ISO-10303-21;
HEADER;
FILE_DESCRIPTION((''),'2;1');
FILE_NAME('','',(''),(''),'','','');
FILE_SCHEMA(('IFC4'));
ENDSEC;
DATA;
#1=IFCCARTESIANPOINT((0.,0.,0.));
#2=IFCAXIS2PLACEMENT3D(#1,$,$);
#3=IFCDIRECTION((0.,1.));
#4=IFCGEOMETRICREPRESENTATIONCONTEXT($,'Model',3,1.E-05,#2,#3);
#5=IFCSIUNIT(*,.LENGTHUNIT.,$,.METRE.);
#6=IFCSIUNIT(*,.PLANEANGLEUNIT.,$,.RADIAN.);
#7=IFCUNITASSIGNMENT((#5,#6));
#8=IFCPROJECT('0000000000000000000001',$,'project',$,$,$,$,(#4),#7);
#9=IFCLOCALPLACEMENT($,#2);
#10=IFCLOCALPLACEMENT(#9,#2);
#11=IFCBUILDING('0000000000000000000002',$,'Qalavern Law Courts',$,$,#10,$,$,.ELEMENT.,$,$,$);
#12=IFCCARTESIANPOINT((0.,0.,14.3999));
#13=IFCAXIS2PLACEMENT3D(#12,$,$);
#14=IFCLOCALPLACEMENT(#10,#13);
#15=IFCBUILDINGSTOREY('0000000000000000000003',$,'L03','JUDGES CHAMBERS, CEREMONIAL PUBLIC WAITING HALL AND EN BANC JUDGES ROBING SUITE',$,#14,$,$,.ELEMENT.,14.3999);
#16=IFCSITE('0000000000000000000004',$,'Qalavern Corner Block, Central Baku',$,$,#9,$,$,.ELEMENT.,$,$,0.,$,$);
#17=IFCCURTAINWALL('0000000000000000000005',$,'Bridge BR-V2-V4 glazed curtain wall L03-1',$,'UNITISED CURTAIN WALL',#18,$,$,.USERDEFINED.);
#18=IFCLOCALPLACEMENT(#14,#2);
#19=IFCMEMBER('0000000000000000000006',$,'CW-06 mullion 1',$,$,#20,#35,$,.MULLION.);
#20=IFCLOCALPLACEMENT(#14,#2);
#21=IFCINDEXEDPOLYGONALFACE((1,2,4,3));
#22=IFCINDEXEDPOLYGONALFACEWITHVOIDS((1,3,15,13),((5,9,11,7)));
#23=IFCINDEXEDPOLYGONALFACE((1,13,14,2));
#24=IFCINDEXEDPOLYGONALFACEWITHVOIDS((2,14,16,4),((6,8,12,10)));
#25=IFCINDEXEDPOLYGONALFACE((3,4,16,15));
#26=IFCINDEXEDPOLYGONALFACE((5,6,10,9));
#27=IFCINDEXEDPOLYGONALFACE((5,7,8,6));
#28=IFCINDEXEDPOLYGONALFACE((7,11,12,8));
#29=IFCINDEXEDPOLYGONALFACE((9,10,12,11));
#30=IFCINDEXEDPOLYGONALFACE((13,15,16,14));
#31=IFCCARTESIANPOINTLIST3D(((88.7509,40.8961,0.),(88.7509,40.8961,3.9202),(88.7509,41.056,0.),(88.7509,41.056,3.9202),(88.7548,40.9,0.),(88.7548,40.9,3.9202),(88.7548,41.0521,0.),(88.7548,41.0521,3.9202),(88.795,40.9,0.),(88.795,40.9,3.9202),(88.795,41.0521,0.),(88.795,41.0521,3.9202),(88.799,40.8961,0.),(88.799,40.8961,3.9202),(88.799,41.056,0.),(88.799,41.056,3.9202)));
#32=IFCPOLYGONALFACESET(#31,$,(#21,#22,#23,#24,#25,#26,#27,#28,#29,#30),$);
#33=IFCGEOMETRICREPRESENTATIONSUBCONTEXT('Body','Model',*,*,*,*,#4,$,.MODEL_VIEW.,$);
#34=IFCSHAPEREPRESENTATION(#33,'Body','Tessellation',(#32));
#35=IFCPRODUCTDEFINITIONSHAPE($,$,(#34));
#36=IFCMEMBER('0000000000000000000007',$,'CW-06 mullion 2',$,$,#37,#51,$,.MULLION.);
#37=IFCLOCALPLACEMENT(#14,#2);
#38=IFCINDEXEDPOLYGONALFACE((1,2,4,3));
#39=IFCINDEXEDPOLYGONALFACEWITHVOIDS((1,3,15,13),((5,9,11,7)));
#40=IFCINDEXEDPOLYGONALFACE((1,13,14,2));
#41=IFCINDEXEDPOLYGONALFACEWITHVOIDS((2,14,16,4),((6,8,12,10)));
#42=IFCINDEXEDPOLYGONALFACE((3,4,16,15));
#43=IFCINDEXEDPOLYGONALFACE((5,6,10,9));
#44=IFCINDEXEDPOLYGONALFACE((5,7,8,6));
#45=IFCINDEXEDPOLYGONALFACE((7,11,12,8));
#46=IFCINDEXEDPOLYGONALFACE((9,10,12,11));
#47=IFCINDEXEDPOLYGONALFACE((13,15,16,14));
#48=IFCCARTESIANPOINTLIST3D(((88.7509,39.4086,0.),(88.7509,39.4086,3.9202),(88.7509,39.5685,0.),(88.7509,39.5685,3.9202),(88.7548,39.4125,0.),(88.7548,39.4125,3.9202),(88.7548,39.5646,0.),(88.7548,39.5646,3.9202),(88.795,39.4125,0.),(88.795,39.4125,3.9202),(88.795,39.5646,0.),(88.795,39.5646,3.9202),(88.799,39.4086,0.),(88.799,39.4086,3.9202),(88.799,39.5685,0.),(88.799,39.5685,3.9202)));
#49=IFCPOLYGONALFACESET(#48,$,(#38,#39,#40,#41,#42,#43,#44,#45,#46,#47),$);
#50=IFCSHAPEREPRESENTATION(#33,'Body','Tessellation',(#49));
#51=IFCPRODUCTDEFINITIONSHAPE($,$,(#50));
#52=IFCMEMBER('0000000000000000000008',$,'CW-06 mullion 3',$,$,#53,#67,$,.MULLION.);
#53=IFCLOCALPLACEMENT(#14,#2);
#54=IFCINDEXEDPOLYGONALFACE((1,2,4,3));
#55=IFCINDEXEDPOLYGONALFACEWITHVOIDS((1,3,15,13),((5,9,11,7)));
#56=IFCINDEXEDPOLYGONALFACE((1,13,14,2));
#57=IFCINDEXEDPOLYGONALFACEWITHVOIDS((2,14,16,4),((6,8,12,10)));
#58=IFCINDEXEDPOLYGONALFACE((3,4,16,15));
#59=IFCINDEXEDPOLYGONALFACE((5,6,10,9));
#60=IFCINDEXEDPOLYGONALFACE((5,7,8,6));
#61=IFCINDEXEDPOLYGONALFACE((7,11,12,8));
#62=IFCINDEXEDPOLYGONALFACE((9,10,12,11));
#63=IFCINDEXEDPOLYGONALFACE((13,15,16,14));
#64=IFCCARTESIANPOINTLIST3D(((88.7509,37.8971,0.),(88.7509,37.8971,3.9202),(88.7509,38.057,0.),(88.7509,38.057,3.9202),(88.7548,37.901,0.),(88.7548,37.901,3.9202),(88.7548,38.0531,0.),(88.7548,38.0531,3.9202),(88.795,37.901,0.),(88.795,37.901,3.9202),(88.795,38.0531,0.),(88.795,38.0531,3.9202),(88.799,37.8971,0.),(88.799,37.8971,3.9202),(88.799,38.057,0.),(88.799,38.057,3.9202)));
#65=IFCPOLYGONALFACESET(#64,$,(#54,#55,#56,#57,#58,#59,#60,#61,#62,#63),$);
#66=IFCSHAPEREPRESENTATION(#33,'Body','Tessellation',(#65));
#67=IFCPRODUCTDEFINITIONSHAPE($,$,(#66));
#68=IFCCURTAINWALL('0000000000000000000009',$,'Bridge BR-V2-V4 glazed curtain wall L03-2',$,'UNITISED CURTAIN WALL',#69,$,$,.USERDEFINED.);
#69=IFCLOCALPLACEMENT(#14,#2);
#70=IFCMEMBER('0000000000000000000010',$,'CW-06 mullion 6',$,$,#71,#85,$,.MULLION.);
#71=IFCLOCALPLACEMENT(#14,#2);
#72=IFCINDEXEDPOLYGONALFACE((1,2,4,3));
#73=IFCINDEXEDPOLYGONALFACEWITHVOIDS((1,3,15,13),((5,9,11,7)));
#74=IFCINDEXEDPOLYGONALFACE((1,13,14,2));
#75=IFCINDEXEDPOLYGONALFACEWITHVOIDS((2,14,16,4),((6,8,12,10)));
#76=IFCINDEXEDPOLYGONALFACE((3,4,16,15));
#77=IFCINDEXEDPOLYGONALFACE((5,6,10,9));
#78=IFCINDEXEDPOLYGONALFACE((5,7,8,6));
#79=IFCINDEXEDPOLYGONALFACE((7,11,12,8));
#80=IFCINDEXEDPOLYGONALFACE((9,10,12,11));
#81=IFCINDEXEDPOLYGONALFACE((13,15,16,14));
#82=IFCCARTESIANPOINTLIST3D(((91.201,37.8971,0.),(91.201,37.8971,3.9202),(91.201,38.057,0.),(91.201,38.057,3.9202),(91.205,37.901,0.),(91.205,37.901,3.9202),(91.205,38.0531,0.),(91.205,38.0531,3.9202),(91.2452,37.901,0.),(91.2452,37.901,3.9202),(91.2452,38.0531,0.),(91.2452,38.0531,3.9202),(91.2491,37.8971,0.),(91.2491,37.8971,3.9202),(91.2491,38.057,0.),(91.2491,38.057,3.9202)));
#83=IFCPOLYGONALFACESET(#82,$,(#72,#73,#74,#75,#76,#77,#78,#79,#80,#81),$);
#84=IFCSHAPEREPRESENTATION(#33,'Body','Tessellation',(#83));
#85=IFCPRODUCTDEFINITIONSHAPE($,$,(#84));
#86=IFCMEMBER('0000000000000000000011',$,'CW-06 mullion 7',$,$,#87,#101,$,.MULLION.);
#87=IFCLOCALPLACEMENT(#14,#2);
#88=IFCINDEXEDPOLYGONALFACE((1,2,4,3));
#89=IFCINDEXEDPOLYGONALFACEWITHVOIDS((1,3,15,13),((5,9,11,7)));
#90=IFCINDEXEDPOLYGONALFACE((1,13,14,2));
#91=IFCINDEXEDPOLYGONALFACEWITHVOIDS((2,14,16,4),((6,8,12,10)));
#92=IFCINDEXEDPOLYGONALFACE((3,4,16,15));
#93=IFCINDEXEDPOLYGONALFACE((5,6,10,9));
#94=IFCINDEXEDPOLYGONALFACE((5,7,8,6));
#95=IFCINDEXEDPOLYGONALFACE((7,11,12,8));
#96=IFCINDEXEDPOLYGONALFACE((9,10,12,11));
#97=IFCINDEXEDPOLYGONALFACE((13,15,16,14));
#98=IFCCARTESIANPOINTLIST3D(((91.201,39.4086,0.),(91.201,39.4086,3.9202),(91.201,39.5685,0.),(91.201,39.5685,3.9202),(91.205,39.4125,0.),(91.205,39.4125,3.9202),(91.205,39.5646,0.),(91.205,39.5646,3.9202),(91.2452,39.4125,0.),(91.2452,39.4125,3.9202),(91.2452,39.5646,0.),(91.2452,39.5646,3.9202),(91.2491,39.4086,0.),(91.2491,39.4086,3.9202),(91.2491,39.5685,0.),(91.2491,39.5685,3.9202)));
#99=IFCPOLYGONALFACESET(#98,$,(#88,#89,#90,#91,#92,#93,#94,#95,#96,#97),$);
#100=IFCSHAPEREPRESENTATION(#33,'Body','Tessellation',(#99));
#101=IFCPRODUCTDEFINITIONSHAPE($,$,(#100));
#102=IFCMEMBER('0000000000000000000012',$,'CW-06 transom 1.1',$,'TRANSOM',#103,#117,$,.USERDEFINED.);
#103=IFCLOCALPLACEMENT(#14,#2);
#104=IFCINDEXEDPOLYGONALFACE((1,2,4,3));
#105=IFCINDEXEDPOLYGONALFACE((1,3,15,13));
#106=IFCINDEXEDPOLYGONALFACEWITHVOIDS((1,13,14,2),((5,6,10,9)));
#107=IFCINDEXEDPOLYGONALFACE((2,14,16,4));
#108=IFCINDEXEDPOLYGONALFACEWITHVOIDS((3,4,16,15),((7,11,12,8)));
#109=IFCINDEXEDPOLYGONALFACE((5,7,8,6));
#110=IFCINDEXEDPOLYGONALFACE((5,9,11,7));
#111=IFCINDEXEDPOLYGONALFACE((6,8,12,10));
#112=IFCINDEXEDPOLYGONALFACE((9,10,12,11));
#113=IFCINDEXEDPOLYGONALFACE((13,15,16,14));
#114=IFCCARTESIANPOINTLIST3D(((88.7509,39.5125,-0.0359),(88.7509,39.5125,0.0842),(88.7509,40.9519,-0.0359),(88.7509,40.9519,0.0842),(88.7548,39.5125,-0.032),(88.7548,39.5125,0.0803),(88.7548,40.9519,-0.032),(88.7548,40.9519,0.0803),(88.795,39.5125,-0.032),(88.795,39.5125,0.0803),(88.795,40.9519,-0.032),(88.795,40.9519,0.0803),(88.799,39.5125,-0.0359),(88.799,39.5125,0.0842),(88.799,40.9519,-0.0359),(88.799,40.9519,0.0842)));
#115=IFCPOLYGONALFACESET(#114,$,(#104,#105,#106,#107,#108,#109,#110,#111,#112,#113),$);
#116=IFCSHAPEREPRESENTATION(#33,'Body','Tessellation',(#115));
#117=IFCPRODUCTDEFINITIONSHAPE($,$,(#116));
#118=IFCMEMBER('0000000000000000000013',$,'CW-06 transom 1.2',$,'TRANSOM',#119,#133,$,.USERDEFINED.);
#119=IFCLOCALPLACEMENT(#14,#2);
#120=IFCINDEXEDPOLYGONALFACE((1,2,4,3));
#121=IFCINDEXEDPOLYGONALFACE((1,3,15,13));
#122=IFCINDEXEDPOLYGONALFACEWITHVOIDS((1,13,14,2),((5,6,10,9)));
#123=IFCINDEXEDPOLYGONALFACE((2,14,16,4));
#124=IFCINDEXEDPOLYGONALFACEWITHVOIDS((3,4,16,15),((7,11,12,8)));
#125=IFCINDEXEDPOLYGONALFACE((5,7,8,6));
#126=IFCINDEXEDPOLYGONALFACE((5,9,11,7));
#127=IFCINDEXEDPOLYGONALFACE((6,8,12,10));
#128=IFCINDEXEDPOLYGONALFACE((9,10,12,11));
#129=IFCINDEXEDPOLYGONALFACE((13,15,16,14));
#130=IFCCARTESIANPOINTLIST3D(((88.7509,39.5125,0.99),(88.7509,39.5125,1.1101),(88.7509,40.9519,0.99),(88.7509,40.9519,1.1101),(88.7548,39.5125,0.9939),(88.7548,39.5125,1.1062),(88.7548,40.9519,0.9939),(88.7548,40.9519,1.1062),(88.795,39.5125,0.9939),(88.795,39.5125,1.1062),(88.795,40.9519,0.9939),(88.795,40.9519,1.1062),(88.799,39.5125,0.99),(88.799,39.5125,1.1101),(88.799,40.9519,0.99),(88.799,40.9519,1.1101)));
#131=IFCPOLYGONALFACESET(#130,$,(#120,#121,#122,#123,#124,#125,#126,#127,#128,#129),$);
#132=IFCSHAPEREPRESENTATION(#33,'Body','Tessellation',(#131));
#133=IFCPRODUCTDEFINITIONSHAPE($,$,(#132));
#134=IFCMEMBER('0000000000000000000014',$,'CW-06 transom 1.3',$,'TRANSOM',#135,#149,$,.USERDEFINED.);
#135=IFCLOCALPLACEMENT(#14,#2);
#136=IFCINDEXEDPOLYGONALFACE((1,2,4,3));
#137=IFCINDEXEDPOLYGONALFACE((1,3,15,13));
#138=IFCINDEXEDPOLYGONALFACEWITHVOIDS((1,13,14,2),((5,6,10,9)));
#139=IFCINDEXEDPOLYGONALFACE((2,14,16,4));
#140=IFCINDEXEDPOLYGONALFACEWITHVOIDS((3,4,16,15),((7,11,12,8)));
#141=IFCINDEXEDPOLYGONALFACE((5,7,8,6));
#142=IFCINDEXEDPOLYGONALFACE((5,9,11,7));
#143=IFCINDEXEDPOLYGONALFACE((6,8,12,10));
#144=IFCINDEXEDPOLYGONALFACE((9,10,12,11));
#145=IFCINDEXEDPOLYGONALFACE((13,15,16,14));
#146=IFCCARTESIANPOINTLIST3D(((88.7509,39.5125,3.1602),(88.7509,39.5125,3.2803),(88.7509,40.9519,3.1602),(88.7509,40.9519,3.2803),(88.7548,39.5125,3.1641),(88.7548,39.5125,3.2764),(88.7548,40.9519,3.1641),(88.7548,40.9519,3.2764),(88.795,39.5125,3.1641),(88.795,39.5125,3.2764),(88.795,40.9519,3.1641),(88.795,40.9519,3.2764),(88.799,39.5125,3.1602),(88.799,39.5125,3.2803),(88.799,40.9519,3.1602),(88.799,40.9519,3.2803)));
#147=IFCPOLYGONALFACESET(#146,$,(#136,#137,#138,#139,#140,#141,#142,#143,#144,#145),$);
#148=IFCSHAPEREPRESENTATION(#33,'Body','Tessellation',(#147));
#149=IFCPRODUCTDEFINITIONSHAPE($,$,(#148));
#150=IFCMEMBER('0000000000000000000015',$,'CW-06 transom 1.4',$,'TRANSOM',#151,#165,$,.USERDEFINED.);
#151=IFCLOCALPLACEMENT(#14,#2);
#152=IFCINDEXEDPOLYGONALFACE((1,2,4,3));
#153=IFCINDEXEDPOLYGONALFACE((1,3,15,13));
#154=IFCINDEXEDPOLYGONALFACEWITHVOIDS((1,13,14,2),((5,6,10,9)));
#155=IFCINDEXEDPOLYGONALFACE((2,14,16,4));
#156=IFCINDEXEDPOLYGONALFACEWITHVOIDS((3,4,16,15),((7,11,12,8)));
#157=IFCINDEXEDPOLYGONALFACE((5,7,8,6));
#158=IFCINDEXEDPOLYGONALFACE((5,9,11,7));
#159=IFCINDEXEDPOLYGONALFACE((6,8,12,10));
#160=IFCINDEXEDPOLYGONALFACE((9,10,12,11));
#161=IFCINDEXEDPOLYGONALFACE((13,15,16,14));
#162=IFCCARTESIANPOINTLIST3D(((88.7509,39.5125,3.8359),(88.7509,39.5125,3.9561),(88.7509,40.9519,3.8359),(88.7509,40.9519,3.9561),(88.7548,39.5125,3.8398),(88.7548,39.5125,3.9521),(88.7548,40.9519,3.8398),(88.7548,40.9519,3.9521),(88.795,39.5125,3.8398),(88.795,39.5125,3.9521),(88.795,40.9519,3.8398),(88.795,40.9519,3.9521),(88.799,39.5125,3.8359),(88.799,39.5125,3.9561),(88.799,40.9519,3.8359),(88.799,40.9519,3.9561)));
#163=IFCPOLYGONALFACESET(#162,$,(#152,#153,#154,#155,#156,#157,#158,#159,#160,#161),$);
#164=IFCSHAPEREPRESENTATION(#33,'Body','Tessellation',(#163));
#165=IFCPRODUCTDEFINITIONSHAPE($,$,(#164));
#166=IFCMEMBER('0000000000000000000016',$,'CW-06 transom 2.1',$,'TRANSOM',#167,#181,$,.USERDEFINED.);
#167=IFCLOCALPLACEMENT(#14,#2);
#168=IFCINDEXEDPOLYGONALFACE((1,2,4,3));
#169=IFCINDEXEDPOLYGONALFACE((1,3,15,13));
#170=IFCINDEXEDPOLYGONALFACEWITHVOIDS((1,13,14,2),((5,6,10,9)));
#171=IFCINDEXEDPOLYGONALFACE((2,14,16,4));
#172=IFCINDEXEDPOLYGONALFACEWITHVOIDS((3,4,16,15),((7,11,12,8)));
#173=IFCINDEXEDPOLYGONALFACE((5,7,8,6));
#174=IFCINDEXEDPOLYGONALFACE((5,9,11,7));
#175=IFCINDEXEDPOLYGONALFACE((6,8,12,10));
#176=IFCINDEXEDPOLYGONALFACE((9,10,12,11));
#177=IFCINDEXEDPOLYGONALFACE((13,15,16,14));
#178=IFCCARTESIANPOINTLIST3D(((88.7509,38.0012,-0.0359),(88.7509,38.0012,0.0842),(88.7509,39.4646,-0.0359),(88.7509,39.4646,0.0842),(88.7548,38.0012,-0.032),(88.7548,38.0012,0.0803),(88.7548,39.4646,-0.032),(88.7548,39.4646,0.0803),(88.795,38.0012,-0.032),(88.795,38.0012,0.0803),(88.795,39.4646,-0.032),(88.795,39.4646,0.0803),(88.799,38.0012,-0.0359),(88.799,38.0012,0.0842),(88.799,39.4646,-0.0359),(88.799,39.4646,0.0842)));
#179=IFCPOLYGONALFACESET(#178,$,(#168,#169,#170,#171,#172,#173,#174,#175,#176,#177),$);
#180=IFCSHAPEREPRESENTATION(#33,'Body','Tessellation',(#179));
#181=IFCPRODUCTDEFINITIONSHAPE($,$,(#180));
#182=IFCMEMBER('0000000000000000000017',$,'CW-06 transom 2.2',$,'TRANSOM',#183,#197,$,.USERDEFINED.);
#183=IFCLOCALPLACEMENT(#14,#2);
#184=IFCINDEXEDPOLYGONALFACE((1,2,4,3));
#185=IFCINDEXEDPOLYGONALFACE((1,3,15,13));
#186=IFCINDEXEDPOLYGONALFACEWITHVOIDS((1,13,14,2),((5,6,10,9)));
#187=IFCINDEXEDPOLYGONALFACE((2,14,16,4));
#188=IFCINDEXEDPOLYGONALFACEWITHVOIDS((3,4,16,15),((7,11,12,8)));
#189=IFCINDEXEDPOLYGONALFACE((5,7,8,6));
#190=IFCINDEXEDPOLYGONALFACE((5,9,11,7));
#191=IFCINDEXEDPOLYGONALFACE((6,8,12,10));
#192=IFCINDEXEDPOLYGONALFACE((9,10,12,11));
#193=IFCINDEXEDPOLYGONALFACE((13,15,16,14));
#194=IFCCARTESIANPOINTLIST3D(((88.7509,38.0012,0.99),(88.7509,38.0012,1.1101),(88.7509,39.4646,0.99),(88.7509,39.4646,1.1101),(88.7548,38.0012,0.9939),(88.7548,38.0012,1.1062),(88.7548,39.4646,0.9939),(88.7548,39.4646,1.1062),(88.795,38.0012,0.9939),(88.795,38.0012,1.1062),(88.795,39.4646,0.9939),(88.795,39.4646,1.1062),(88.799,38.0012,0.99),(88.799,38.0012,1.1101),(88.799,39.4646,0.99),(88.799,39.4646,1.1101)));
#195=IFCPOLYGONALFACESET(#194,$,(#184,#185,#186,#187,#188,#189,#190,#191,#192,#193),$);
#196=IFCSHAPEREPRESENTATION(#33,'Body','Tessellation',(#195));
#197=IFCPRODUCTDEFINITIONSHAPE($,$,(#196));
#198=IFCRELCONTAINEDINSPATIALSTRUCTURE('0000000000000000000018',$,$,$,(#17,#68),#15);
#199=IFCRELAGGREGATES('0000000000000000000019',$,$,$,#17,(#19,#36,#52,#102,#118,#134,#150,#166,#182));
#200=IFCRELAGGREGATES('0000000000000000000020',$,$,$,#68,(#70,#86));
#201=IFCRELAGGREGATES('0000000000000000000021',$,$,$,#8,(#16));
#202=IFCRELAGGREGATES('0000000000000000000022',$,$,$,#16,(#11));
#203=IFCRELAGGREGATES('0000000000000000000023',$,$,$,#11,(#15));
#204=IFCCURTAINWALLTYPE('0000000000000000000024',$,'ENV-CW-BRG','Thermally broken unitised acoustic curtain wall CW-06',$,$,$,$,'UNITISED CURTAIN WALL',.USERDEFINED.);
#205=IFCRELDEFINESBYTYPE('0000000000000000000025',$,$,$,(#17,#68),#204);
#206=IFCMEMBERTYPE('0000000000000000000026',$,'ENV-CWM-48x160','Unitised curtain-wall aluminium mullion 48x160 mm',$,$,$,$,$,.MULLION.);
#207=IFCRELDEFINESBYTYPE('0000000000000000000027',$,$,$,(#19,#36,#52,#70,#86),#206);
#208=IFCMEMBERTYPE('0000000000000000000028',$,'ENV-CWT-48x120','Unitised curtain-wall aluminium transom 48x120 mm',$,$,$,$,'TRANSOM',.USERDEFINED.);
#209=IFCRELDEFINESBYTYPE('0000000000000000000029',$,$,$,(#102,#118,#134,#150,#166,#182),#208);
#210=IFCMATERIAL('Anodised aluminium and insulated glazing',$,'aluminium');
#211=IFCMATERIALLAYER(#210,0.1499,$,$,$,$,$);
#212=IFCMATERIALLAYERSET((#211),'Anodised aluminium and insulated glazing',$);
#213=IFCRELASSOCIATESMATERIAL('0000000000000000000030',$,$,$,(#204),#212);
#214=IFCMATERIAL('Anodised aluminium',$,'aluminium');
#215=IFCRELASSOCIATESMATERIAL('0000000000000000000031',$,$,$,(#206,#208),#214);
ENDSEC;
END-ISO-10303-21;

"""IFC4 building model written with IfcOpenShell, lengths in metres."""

from ifc_helpers import new_model, si_unit, direction, frame, origin, origin_2d, place, context, subcontext, project, spatial, hollow_rectangle, extrude, material, layer, layer_set, material_profile, profile_set, type_object, element, aggregate, save


model = new_model("IFC4")

# Units and contexts
model_context = context("Model", 3, precision=1e-05, world=origin(), true_north=direction((0.0, 1.0)))
body_context = subcontext(model_context, "Body", "Model", "MODEL_VIEW")
ifc_project = project(units=[si_unit("LENGTHUNIT", "METRE"), si_unit("PLANEANGLEUNIT", "RADIAN")], contexts=[model_context])

# Site, building, storey
site_placement = place(None, origin())
site = spatial("IfcSite", under=ifc_project, at=site_placement, Name="Qalavern Corner Block, Central Baku", CompositionType="ELEMENT", RefElevation=0.0)
building_placement = place(site_placement, origin())
building = spatial("IfcBuilding", under=site, at=building_placement, Name="Qalavern Law Courts", CompositionType="ELEMENT")
storey_placement = place(building_placement, frame((0.0, 0.0, 14.3999)))
storey = spatial("IfcBuildingStorey", under=building, at=storey_placement, Name="L03", Description="JUDGES CHAMBERS, CEREMONIAL PUBLIC WAITING HALL AND EN BANC JUDGES ROBING SUITE", CompositionType="ELEMENT", Elevation=14.3999)

# Curtain walls, members
ifc_material_1 = material(Name="Anodised aluminium and insulated glazing", Category="aluminium")
ifc_layer_1 = layer(ifc_material_1, 0.1499)
ifc_layer_set_1 = layer_set([ifc_layer_1], Name="Anodised aluminium and insulated glazing")
curtain_wall_type = type_object("IfcCurtainWallType", Name="ENV-CW-BRG", Description="Thermally broken unitised acoustic curtain wall CW-06", ElementType="UNITISED CURTAIN WALL", PredefinedType="USERDEFINED", material=ifc_layer_set_1)
curtain_wall_1_placement = place(storey_placement, origin())
curtain_wall_1 = element("IfcCurtainWall", 1, at=curtain_wall_1_placement, inside=storey, type_object=curtain_wall_type, Name="Bridge BR-V2-V4 glazed curtain wall L03-1", ObjectType="UNITISED CURTAIN WALL", PredefinedType="USERDEFINED")
ifc_material_2 = material(Name="Anodised aluminium", Category="aluminium")
ifc_material_profile_1 = material_profile(ifc_material_2, hollow_rectangle(XDim=0.0481, YDim=0.1599, WallThickness=0.0039, at=origin_2d()), Name="ALU MULLION 48x160")
ifc_profile_set_1 = profile_set([ifc_material_profile_1], Name="Anodised aluminium")
member_type_1 = type_object("IfcMemberType", Name="ENV-CWM-48x160", Description="Unitised curtain-wall aluminium mullion 48x160 mm", PredefinedType="MULLION", material=ifc_profile_set_1)
member_1_placement = place(storey_placement, frame((88.7749, 40.9761, 0.0), z_axis=(0.0, 0.0, 1.0), x_axis=(1.0, 0.0, 0.0)))
member_1 = element("IfcMember", 2, at=member_1_placement, type_object=member_type_1, Name="CW-06 mullion 1", PredefinedType="MULLION", context=body_context, shape_type="SweptSolid", body=[
    extrude(hollow_rectangle(XDim=0.0481, YDim=0.1599, WallThickness=0.0039, at=origin_2d()), origin(), (0.0, 0.0, 1.0), 3.9202),
])
member_2_placement = place(storey_placement, frame((88.7749, 39.4885, 0.0), z_axis=(0.0, 0.0, 1.0), x_axis=(1.0, 0.0, 0.0)))
member_2 = element("IfcMember", 3, at=member_2_placement, type_object=member_type_1, Name="CW-06 mullion 2", PredefinedType="MULLION", context=body_context, shape_type="SweptSolid", body=[
    extrude(hollow_rectangle(XDim=0.0481, YDim=0.1599, WallThickness=0.0039, at=origin_2d()), origin(), (0.0, 0.0, 1.0), 3.9202),
])
member_3_placement = place(storey_placement, frame((88.7749, 37.9771, 0.0), z_axis=(0.0, 0.0, 1.0), x_axis=(1.0, 0.0, 0.0)))
member_3 = element("IfcMember", 4, at=member_3_placement, type_object=member_type_1, Name="CW-06 mullion 3", PredefinedType="MULLION", context=body_context, shape_type="SweptSolid", body=[
    extrude(hollow_rectangle(XDim=0.0481, YDim=0.1599, WallThickness=0.0039, at=origin_2d()), origin(), (0.0, 0.0, 1.0), 3.9202),
])
curtain_wall_2_placement = place(storey_placement, origin())
curtain_wall_2 = element("IfcCurtainWall", 5, at=curtain_wall_2_placement, inside=storey, type_object=curtain_wall_type, Name="Bridge BR-V2-V4 glazed curtain wall L03-2", ObjectType="UNITISED CURTAIN WALL", PredefinedType="USERDEFINED")
member_4_placement = place(storey_placement, frame((91.2251, 37.9771, 0.0), z_axis=(0.0, 0.0, 1.0), x_axis=(-1.0, 0.0, 0.0)))
member_4 = element("IfcMember", 6, at=member_4_placement, type_object=member_type_1, Name="CW-06 mullion 6", PredefinedType="MULLION", context=body_context, shape_type="SweptSolid", body=[
    extrude(hollow_rectangle(XDim=0.0481, YDim=0.1599, WallThickness=0.0039, at=origin_2d()), origin(), (0.0, 0.0, 1.0), 3.9202),
])
member_5_placement = place(storey_placement, frame((91.2251, 39.4885, 0.0), z_axis=(0.0, 0.0, 1.0), x_axis=(-1.0, 0.0, 0.0)))
member_5 = element("IfcMember", 7, at=member_5_placement, type_object=member_type_1, Name="CW-06 mullion 7", PredefinedType="MULLION", context=body_context, shape_type="SweptSolid", body=[
    extrude(hollow_rectangle(XDim=0.0481, YDim=0.1599, WallThickness=0.0039, at=origin_2d()), origin(), (0.0, 0.0, 1.0), 3.9202),
])

# Members
ifc_material_profile_2 = material_profile(ifc_material_2, hollow_rectangle(XDim=0.0481, YDim=0.1201, WallThickness=0.0039, at=origin_2d()), Name="ALU TRANSOM 48x120")
ifc_profile_set_2 = profile_set([ifc_material_profile_2], Name="Anodised aluminium")
member_type_2 = type_object("IfcMemberType", Name="ENV-CWT-48x120", Description="Unitised curtain-wall aluminium transom 48x120 mm", ElementType="TRANSOM", PredefinedType="USERDEFINED", material=ifc_profile_set_2)
member_6_placement = place(storey_placement, frame((88.7749, 40.9519, 0.0242), z_axis=(0.0, -1.0, 0.0), x_axis=(1.0, 0.0, 0.0)))
member_6 = element("IfcMember", 8, at=member_6_placement, type_object=member_type_2, Name="CW-06 transom 1.1", ObjectType="TRANSOM", PredefinedType="USERDEFINED", context=body_context, shape_type="SweptSolid", body=[
    extrude(hollow_rectangle(XDim=0.0481, YDim=0.1201, WallThickness=0.0039, at=origin_2d()), origin(), (0.0, 0.0, 1.0), 1.4395),
])
member_7_placement = place(storey_placement, frame((88.7749, 40.9519, 1.05), z_axis=(0.0, -1.0, 0.0), x_axis=(1.0, 0.0, 0.0)))
member_7 = element("IfcMember", 9, at=member_7_placement, type_object=member_type_2, Name="CW-06 transom 1.2", ObjectType="TRANSOM", PredefinedType="USERDEFINED", context=body_context, shape_type="SweptSolid", body=[
    extrude(hollow_rectangle(XDim=0.0481, YDim=0.1201, WallThickness=0.0039, at=origin_2d()), origin(), (0.0, 0.0, 1.0), 1.4395),
])
member_8_placement = place(storey_placement, frame((88.7749, 40.9519, 3.2202), z_axis=(0.0, -1.0, 0.0), x_axis=(1.0, 0.0, 0.0)))
member_8 = element("IfcMember", 10, at=member_8_placement, type_object=member_type_2, Name="CW-06 transom 1.3", ObjectType="TRANSOM", PredefinedType="USERDEFINED", context=body_context, shape_type="SweptSolid", body=[
    extrude(hollow_rectangle(XDim=0.0481, YDim=0.1201, WallThickness=0.0039, at=origin_2d()), origin(), (0.0, 0.0, 1.0), 1.4395),
])
member_9_placement = place(storey_placement, frame((88.7749, 40.9519, 3.896), z_axis=(0.0, -1.0, 0.0), x_axis=(1.0, 0.0, 0.0)))
member_9 = element("IfcMember", 11, at=member_9_placement, type_object=member_type_2, Name="CW-06 transom 1.4", ObjectType="TRANSOM", PredefinedType="USERDEFINED", context=body_context, shape_type="SweptSolid", body=[
    extrude(hollow_rectangle(XDim=0.0481, YDim=0.1201, WallThickness=0.0039, at=origin_2d()), origin(), (0.0, 0.0, 1.0), 1.4395),
])
member_10_placement = place(storey_placement, frame((88.7749, 39.4646, 0.0242), z_axis=(0.0, -1.0, 0.0), x_axis=(1.0, 0.0, 0.0)))
member_10 = element("IfcMember", 12, at=member_10_placement, type_object=member_type_2, Name="CW-06 transom 2.1", ObjectType="TRANSOM", PredefinedType="USERDEFINED", context=body_context, shape_type="SweptSolid", body=[
    extrude(hollow_rectangle(XDim=0.0481, YDim=0.1201, WallThickness=0.0039, at=origin_2d()), origin(), (0.0, 0.0, 1.0), 1.4634),
])
member_11_placement = place(storey_placement, frame((88.7749, 39.4646, 1.05), z_axis=(0.0, -1.0, 0.0), x_axis=(1.0, 0.0, 0.0)))
member_11 = element("IfcMember", 13, at=member_11_placement, type_object=member_type_2, Name="CW-06 transom 2.2", ObjectType="TRANSOM", PredefinedType="USERDEFINED", context=body_context, shape_type="SweptSolid", body=[
    extrude(hollow_rectangle(XDim=0.0481, YDim=0.1201, WallThickness=0.0039, at=origin_2d()), origin(), (0.0, 0.0, 1.0), 1.4634),
])

aggregate(curtain_wall_1, [member_1, member_2, member_3, member_6, member_7, member_8, member_9, member_10, member_11])
aggregate(curtain_wall_2, [member_4, member_5])

save(model, "model.ifc")
